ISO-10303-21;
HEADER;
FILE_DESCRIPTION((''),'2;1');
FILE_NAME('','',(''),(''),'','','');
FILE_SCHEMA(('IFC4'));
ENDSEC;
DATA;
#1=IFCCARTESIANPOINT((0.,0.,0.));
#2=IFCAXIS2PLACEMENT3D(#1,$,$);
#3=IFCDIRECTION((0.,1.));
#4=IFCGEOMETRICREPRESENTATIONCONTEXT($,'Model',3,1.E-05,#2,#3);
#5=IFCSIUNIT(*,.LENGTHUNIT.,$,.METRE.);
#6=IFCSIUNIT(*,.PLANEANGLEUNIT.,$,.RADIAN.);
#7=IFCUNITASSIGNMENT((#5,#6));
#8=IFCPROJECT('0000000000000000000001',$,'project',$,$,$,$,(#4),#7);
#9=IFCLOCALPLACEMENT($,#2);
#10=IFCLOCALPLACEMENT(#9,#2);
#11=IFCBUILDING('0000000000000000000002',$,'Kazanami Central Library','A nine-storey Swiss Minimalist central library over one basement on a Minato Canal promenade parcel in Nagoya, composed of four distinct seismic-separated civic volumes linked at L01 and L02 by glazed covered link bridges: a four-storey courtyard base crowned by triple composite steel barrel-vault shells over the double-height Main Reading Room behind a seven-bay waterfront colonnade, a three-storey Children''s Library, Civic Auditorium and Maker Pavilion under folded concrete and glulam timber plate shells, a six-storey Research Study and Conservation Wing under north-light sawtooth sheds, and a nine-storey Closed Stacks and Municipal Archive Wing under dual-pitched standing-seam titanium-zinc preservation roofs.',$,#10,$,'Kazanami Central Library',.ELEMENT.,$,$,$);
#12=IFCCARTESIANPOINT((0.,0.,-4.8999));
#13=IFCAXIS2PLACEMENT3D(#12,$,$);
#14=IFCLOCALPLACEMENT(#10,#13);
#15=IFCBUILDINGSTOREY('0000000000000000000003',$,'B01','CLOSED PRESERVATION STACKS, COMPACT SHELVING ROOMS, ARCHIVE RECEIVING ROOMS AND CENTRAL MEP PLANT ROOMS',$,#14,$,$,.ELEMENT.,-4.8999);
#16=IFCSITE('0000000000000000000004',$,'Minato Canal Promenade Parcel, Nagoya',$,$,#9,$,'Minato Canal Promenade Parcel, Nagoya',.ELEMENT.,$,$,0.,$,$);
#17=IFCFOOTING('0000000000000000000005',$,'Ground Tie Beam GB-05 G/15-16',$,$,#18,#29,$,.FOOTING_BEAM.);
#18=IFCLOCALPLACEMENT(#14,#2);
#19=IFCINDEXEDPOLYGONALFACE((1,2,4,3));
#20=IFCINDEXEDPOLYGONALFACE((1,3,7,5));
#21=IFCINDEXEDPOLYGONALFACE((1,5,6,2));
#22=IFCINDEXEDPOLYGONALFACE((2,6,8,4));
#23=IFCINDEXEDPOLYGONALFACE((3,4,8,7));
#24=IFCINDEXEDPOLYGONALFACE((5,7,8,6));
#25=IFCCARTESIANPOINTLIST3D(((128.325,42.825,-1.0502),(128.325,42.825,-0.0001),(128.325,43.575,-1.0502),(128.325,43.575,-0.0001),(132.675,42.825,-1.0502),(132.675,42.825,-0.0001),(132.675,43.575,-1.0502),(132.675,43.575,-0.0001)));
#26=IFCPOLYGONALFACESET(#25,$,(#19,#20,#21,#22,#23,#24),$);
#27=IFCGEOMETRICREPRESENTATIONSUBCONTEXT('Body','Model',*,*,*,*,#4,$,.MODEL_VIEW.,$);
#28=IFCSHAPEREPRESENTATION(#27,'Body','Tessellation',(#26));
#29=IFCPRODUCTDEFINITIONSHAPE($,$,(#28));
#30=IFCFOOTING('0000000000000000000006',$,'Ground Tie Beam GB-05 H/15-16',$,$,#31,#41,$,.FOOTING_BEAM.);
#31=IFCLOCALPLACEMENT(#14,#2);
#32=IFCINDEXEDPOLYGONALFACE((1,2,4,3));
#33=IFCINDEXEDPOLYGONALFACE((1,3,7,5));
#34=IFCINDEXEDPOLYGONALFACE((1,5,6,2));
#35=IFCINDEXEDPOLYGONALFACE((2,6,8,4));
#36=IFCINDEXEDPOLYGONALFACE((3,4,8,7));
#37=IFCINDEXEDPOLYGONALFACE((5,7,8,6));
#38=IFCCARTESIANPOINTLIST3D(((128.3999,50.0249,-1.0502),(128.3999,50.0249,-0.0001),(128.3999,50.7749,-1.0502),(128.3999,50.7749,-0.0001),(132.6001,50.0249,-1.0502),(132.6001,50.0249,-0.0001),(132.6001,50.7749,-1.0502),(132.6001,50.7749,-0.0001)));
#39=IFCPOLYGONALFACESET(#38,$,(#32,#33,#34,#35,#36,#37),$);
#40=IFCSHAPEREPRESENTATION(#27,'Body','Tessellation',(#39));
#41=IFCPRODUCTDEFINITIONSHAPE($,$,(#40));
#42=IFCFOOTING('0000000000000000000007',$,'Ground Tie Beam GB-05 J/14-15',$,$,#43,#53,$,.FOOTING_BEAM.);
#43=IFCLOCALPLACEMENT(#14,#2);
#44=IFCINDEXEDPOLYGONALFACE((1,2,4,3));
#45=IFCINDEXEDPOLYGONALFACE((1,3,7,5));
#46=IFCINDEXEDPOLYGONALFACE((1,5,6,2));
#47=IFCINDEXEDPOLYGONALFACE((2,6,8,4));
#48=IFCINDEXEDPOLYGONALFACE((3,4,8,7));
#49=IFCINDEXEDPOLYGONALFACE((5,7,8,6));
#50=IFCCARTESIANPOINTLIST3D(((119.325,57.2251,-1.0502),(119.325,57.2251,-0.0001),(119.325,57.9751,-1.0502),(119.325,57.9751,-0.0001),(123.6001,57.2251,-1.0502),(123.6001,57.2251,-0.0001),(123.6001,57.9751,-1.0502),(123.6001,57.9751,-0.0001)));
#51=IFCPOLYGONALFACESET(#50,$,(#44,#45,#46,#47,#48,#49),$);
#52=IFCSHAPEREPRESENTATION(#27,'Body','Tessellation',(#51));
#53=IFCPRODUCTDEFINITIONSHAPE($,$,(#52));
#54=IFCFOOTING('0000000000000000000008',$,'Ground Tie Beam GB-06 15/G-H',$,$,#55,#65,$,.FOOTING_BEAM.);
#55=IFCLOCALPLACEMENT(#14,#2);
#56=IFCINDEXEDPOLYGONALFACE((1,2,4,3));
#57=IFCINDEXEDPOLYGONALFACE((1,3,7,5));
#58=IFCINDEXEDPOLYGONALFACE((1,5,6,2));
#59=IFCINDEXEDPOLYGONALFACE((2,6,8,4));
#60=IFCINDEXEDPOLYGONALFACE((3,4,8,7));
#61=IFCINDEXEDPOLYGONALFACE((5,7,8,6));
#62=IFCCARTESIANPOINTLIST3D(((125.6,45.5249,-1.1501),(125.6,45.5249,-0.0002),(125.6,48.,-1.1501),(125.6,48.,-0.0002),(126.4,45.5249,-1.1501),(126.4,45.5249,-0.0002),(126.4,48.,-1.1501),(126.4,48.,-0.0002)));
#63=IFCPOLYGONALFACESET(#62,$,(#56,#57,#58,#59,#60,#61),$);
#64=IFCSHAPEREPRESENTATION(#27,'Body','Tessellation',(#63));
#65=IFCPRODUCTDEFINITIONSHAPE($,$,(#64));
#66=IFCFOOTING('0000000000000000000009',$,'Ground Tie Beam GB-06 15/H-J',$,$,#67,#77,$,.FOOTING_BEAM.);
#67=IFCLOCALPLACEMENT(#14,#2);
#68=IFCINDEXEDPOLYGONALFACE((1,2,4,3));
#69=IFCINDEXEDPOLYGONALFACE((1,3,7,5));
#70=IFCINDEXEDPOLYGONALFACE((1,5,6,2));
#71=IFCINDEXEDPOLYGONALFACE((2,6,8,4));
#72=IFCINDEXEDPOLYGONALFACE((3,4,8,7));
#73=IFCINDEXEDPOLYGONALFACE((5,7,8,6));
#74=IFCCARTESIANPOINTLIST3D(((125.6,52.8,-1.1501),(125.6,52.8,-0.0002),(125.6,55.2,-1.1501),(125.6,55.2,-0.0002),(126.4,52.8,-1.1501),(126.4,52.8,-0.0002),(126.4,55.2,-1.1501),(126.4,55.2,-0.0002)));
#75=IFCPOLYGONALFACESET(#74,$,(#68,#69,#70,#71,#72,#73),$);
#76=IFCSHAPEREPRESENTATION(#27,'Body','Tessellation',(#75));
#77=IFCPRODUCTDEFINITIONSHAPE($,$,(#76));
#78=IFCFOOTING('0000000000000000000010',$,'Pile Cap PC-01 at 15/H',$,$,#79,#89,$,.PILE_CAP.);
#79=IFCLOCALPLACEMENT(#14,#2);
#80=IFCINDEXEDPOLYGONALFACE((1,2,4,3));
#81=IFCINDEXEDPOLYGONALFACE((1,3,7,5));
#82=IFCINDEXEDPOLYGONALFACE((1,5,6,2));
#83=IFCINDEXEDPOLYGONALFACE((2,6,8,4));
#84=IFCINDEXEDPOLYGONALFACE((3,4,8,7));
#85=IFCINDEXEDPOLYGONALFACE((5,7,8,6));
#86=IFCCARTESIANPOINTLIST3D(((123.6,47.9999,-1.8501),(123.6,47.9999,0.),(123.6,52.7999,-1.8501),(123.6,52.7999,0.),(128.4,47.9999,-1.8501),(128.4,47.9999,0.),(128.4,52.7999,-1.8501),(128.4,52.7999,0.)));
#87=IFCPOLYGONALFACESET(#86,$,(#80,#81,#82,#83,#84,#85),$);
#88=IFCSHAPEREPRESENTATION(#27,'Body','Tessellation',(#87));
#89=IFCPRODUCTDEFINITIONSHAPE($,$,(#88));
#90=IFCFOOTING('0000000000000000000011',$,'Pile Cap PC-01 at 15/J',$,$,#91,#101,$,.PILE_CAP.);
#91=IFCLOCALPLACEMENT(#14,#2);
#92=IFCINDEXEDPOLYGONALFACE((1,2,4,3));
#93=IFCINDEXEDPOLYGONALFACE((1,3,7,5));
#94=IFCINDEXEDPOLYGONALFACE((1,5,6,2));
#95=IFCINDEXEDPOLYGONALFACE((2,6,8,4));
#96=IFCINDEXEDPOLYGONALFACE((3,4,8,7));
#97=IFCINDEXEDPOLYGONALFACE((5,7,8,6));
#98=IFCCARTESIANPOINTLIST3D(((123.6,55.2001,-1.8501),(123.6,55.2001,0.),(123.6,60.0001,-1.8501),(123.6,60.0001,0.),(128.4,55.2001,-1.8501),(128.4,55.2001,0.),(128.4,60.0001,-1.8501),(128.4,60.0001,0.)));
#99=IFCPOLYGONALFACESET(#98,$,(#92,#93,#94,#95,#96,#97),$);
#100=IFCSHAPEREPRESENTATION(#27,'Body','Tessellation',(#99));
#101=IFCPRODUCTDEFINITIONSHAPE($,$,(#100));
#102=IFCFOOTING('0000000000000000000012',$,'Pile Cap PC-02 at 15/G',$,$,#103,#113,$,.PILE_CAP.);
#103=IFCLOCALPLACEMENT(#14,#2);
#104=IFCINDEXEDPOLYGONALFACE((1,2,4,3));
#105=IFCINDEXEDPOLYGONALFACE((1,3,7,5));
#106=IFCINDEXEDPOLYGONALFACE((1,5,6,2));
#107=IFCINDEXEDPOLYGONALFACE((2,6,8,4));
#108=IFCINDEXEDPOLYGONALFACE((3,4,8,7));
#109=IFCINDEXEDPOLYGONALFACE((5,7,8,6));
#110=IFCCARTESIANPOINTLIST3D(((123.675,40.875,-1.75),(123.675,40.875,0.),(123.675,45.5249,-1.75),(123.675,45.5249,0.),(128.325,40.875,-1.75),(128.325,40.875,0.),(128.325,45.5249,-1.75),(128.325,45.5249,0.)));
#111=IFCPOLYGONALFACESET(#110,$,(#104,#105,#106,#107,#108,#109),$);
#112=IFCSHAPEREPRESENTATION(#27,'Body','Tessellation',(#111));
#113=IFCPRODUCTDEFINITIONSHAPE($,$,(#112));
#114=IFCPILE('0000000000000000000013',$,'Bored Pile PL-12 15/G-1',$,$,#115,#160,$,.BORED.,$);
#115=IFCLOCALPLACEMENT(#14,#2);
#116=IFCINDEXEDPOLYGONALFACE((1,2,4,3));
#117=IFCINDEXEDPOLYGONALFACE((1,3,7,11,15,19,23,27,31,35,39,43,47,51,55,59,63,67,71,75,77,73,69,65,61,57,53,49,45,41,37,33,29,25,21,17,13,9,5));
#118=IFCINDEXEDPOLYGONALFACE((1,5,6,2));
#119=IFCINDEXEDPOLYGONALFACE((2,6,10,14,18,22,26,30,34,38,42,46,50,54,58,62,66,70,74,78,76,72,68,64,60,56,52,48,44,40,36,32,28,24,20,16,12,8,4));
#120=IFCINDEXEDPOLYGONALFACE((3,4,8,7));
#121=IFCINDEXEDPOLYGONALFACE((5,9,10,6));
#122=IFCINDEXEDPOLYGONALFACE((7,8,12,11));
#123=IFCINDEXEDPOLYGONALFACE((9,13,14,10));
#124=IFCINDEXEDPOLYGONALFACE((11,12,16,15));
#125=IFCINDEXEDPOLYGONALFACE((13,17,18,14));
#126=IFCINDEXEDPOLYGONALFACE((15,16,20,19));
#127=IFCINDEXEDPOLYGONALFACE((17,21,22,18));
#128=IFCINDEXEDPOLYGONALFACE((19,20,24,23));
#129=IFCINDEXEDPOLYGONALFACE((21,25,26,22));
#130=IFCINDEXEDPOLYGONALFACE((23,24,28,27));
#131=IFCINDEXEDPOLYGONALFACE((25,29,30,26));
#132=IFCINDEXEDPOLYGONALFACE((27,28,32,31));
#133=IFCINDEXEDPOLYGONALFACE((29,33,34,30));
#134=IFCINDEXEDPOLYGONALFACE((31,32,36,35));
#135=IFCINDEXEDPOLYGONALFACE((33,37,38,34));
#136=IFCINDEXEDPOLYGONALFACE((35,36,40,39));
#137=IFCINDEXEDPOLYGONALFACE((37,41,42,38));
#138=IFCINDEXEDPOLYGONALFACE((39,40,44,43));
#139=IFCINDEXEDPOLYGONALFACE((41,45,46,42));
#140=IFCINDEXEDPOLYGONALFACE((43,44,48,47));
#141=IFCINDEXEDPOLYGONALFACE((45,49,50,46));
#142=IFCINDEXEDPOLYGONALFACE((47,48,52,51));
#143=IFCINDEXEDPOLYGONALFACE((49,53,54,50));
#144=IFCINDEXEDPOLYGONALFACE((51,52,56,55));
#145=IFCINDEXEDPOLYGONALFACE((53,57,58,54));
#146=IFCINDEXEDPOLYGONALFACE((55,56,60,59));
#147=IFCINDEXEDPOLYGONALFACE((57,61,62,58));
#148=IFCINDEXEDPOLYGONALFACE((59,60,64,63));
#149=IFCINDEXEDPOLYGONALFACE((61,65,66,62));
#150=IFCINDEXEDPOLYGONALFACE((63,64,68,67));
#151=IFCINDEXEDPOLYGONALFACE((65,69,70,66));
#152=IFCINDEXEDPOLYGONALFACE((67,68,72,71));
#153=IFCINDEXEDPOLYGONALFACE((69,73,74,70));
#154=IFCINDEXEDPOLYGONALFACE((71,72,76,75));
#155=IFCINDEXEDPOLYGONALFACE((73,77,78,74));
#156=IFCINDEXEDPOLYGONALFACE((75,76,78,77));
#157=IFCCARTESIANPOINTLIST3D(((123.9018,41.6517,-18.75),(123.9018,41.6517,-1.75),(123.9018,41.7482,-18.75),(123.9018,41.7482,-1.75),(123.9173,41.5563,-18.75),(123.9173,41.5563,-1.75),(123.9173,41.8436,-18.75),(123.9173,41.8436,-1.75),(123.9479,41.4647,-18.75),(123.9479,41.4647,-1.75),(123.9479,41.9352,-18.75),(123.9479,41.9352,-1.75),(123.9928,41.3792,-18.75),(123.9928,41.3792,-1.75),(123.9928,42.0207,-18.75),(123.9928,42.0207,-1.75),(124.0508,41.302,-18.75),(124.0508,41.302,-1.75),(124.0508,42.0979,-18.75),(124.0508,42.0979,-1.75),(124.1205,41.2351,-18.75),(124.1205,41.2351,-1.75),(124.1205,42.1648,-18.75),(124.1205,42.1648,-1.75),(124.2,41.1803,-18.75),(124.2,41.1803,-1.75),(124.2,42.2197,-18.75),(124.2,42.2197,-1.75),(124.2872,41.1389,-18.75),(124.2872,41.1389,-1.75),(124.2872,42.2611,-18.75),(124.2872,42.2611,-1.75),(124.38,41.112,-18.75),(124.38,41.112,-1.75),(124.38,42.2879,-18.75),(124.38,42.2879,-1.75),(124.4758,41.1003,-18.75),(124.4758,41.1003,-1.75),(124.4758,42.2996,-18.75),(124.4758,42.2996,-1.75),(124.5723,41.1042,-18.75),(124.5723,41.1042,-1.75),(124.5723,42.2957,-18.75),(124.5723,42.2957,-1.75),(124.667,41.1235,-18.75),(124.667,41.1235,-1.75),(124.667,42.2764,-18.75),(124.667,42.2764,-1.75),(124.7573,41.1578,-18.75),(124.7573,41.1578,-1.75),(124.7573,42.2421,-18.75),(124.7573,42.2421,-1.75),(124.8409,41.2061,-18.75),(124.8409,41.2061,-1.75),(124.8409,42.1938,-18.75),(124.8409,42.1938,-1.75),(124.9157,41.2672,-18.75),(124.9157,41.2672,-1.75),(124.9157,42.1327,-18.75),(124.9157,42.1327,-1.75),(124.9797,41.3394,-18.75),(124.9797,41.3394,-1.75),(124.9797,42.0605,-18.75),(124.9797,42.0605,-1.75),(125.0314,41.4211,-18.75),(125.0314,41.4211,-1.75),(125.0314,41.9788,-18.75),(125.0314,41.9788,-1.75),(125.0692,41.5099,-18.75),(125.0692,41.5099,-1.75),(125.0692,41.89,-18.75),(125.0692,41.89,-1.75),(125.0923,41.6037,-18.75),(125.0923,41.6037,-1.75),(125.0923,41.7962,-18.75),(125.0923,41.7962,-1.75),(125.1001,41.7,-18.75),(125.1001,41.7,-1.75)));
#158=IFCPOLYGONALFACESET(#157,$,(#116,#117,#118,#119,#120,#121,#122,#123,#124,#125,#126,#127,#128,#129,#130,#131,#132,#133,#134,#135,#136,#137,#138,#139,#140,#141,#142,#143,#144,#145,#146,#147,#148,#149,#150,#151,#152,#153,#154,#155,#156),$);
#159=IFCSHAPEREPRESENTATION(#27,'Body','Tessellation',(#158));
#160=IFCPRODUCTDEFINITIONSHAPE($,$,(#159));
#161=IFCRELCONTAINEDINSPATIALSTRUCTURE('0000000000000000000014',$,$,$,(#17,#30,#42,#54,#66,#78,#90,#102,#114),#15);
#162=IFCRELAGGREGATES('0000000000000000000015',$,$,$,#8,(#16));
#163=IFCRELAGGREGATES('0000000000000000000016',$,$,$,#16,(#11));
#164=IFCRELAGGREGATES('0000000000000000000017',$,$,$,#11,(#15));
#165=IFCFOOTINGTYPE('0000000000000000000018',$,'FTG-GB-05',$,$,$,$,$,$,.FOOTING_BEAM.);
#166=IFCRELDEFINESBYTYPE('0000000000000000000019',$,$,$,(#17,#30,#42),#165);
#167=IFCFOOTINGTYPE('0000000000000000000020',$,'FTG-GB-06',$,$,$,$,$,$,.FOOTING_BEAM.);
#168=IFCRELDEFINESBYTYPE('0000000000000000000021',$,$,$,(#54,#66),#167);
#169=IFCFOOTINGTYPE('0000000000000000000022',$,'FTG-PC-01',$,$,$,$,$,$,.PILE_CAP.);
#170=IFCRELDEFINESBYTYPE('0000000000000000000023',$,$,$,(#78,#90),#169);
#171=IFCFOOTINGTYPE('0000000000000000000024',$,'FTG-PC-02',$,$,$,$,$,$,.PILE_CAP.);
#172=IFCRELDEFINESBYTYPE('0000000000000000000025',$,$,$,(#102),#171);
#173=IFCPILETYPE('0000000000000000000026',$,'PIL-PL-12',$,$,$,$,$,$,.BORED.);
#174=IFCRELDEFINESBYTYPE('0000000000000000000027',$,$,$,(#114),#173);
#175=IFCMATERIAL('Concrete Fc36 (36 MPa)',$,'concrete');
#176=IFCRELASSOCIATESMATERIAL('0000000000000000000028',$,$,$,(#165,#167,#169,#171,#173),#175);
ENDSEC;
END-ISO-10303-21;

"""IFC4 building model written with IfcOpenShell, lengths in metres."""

from ifc_helpers import new_model, si_unit, direction, frame, origin, origin_2d, place, context, subcontext, project, spatial, rectangle, circle, extrude, material, material_profile, profile_set, type_object, element, save


model = new_model("IFC4")

# Units and contexts
model_context = context("Model", 3, precision=1e-05, world=origin(), true_north=direction((0.0, 1.0)))
body_context = subcontext(model_context, "Body", "Model", "MODEL_VIEW")
ifc_project = project(units=[si_unit("LENGTHUNIT", "METRE"), si_unit("PLANEANGLEUNIT", "RADIAN")], contexts=[model_context])

# Site, building, storey
site_placement = place(None, origin())
site = spatial("IfcSite", under=ifc_project, at=site_placement, Name="Minato Canal Promenade Parcel, Nagoya", LongName="Minato Canal Promenade Parcel, Nagoya", CompositionType="ELEMENT", RefElevation=0.0)
building_placement = place(site_placement, origin())
building = spatial("IfcBuilding", under=site, at=building_placement, Name="Kazanami Central Library", Description="A nine-storey Swiss Minimalist central library over one basement on a Minato Canal promenade parcel in Nagoya, composed of four distinct seismic-separated civic volumes linked at L01 and L02 by glazed covered link bridges: a four-storey courtyard base crowned by triple composite steel barrel-vault shells over the double-height Main Reading Room behind a seven-bay waterfront colonnade, a three-storey Children's Library, Civic Auditorium and Maker Pavilion under folded concrete and glulam timber plate shells, a six-storey Research Study and Conservation Wing under north-light sawtooth sheds, and a nine-storey Closed Stacks and Municipal Archive Wing under dual-pitched standing-seam titanium-zinc preservation roofs.", LongName="Kazanami Central Library", CompositionType="ELEMENT")
storey_placement = place(building_placement, frame((0.0, 0.0, -4.8999)))
storey = spatial("IfcBuildingStorey", under=building, at=storey_placement, Name="B01", Description="CLOSED PRESERVATION STACKS, COMPACT SHELVING ROOMS, ARCHIVE RECEIVING ROOMS AND CENTRAL MEP PLANT ROOMS", CompositionType="ELEMENT", Elevation=-4.8999)

# Footings
ifc_material_1 = material(Name="Concrete Fc36 (36 MPa)", Category="concrete")
ifc_material_profile_1 = material_profile(ifc_material_1, rectangle(XDim=0.75, YDim=1.05, at=origin_2d()), Name="RC-750x1050")
ifc_profile_set_1 = profile_set([ifc_material_profile_1], Name="Concrete Fc36 (36 MPa)")
footing_type_1 = type_object("IfcFootingType", Name="FTG-GB-05", PredefinedType="FOOTING_BEAM", material=ifc_profile_set_1)
footing_1_placement = place(storey_placement, frame((128.325, 43.2, -0.5251), z_axis=(1.0, 0.0, 0.0), x_axis=(0.0, 1.0, 0.0)))
element("IfcFooting", 1, at=footing_1_placement, inside=storey, type_object=footing_type_1, Name="Ground Tie Beam GB-05 G/15-16", PredefinedType="FOOTING_BEAM", context=body_context, shape_type="SweptSolid", body=[
    extrude(rectangle(XDim=0.75, YDim=1.05, at=origin_2d()), origin(), (0.0, 0.0, 1.0), 4.3501),
])
footing_2_placement = place(storey_placement, frame((128.3999, 50.3999, -0.5251), z_axis=(1.0, 0.0, 0.0), x_axis=(0.0, 1.0, 0.0)))
element("IfcFooting", 2, at=footing_2_placement, inside=storey, type_object=footing_type_1, Name="Ground Tie Beam GB-05 H/15-16", PredefinedType="FOOTING_BEAM", context=body_context, shape_type="SweptSolid", body=[
    extrude(rectangle(XDim=0.75, YDim=1.05, at=origin_2d()), origin(), (0.0, 0.0, 1.0), 4.2002),
])
footing_3_placement = place(storey_placement, frame((119.325, 57.6001, -0.5251), z_axis=(1.0, 0.0, 0.0), x_axis=(0.0, 1.0, 0.0)))
element("IfcFooting", 3, at=footing_3_placement, inside=storey, type_object=footing_type_1, Name="Ground Tie Beam GB-05 J/14-15", PredefinedType="FOOTING_BEAM", context=body_context, shape_type="SweptSolid", body=[
    extrude(rectangle(XDim=0.75, YDim=1.05, at=origin_2d()), origin(), (0.0, 0.0, 1.0), 4.2751),
])
ifc_material_profile_2 = material_profile(ifc_material_1, rectangle(XDim=0.8, YDim=1.1499, at=origin_2d()), Name="RC-800x1150")
ifc_profile_set_2 = profile_set([ifc_material_profile_2], Name="Concrete Fc36 (36 MPa)")
footing_type_2 = type_object("IfcFootingType", Name="FTG-GB-06", PredefinedType="FOOTING_BEAM", material=ifc_profile_set_2)
footing_4_placement = place(storey_placement, frame((126.0, 45.5249, -0.5752), z_axis=(0.0, 1.0, 0.0), x_axis=(-1.0, 0.0, 0.0)))
element("IfcFooting", 4, at=footing_4_placement, inside=storey, type_object=footing_type_2, Name="Ground Tie Beam GB-06 15/G-H", PredefinedType="FOOTING_BEAM", context=body_context, shape_type="SweptSolid", body=[
    extrude(rectangle(XDim=0.8, YDim=1.1499, at=origin_2d()), origin(), (0.0, 0.0, 1.0), 2.4751),
])
footing_5_placement = place(storey_placement, frame((126.0, 52.8, -0.5752), z_axis=(0.0, 1.0, 0.0), x_axis=(-1.0, 0.0, 0.0)))
element("IfcFooting", 5, at=footing_5_placement, inside=storey, type_object=footing_type_2, Name="Ground Tie Beam GB-06 15/H-J", PredefinedType="FOOTING_BEAM", context=body_context, shape_type="SweptSolid", body=[
    extrude(rectangle(XDim=0.8, YDim=1.1499, at=origin_2d()), origin(), (0.0, 0.0, 1.0), 2.3999),
])
footing_type_3 = type_object("IfcFootingType", Name="FTG-PC-01", PredefinedType="PILE_CAP", material=ifc_material_1)
for number, where, z_axis, x_axis, name in (
    (6, (126.0, 50.3999, -1.8501), (0.0, 0.0, 1.0), (1.0, 0.0, 0.0), "Pile Cap PC-01 at 15/H"),
    (7, (126.0, 57.6001, -1.8501), (0.0, 0.0, 1.0), (1.0, 0.0, 0.0), "Pile Cap PC-01 at 15/J"),
):
    element("IfcFooting", number, at=place(storey_placement, frame(where, z_axis=z_axis, x_axis=x_axis)), inside=storey, type_object=footing_type_3, Name=name, PredefinedType="PILE_CAP", context=body_context, shape_type="SweptSolid", body=[
        extrude(rectangle(XDim=4.8, YDim=4.8, at=origin_2d()), origin(), (0.0, 0.0, 1.0), 1.8501),
    ])
footing_type_4 = type_object("IfcFootingType", Name="FTG-PC-02", PredefinedType="PILE_CAP", material=ifc_material_1)
footing_6_placement = place(storey_placement, frame((126.0, 43.2, -1.75), z_axis=(0.0, 0.0, 1.0), x_axis=(1.0, 0.0, 0.0)))
element("IfcFooting", 8, at=footing_6_placement, inside=storey, type_object=footing_type_4, Name="Pile Cap PC-02 at 15/G", PredefinedType="PILE_CAP", context=body_context, shape_type="SweptSolid", body=[
    extrude(rectangle(XDim=4.6499, YDim=4.6499, at=origin_2d()), origin(), (0.0, 0.0, 1.0), 1.75),
])

# Pile
ifc_material_profile_3 = material_profile(ifc_material_1, circle(Radius=0.6001, at=origin_2d()), Name="BORED-D1200")
ifc_profile_set_3 = profile_set([ifc_material_profile_3], Name="Concrete Fc36 (36 MPa)")
pile_type = type_object("IfcPileType", Name="PIL-PL-12", PredefinedType="BORED", material=ifc_profile_set_3)
for number, where, z_axis, x_axis, name in (
    (9, (124.5, 41.7, -1.75), (0.0, 0.0, -1.0), (1.0, 0.0, 0.0), "Bored Pile PL-12 15/G-1"),
):
    element("IfcPile", number, at=place(storey_placement, frame(where, z_axis=z_axis, x_axis=x_axis)), inside=storey, type_object=pile_type, Name=name, PredefinedType="BORED", context=body_context, shape_type="SweptSolid", body=[
        extrude(circle(Radius=0.6001, at=origin_2d()), origin(), (0.0, 0.0, 1.0), 17.0),
    ])

save(model, "model.ifc")
